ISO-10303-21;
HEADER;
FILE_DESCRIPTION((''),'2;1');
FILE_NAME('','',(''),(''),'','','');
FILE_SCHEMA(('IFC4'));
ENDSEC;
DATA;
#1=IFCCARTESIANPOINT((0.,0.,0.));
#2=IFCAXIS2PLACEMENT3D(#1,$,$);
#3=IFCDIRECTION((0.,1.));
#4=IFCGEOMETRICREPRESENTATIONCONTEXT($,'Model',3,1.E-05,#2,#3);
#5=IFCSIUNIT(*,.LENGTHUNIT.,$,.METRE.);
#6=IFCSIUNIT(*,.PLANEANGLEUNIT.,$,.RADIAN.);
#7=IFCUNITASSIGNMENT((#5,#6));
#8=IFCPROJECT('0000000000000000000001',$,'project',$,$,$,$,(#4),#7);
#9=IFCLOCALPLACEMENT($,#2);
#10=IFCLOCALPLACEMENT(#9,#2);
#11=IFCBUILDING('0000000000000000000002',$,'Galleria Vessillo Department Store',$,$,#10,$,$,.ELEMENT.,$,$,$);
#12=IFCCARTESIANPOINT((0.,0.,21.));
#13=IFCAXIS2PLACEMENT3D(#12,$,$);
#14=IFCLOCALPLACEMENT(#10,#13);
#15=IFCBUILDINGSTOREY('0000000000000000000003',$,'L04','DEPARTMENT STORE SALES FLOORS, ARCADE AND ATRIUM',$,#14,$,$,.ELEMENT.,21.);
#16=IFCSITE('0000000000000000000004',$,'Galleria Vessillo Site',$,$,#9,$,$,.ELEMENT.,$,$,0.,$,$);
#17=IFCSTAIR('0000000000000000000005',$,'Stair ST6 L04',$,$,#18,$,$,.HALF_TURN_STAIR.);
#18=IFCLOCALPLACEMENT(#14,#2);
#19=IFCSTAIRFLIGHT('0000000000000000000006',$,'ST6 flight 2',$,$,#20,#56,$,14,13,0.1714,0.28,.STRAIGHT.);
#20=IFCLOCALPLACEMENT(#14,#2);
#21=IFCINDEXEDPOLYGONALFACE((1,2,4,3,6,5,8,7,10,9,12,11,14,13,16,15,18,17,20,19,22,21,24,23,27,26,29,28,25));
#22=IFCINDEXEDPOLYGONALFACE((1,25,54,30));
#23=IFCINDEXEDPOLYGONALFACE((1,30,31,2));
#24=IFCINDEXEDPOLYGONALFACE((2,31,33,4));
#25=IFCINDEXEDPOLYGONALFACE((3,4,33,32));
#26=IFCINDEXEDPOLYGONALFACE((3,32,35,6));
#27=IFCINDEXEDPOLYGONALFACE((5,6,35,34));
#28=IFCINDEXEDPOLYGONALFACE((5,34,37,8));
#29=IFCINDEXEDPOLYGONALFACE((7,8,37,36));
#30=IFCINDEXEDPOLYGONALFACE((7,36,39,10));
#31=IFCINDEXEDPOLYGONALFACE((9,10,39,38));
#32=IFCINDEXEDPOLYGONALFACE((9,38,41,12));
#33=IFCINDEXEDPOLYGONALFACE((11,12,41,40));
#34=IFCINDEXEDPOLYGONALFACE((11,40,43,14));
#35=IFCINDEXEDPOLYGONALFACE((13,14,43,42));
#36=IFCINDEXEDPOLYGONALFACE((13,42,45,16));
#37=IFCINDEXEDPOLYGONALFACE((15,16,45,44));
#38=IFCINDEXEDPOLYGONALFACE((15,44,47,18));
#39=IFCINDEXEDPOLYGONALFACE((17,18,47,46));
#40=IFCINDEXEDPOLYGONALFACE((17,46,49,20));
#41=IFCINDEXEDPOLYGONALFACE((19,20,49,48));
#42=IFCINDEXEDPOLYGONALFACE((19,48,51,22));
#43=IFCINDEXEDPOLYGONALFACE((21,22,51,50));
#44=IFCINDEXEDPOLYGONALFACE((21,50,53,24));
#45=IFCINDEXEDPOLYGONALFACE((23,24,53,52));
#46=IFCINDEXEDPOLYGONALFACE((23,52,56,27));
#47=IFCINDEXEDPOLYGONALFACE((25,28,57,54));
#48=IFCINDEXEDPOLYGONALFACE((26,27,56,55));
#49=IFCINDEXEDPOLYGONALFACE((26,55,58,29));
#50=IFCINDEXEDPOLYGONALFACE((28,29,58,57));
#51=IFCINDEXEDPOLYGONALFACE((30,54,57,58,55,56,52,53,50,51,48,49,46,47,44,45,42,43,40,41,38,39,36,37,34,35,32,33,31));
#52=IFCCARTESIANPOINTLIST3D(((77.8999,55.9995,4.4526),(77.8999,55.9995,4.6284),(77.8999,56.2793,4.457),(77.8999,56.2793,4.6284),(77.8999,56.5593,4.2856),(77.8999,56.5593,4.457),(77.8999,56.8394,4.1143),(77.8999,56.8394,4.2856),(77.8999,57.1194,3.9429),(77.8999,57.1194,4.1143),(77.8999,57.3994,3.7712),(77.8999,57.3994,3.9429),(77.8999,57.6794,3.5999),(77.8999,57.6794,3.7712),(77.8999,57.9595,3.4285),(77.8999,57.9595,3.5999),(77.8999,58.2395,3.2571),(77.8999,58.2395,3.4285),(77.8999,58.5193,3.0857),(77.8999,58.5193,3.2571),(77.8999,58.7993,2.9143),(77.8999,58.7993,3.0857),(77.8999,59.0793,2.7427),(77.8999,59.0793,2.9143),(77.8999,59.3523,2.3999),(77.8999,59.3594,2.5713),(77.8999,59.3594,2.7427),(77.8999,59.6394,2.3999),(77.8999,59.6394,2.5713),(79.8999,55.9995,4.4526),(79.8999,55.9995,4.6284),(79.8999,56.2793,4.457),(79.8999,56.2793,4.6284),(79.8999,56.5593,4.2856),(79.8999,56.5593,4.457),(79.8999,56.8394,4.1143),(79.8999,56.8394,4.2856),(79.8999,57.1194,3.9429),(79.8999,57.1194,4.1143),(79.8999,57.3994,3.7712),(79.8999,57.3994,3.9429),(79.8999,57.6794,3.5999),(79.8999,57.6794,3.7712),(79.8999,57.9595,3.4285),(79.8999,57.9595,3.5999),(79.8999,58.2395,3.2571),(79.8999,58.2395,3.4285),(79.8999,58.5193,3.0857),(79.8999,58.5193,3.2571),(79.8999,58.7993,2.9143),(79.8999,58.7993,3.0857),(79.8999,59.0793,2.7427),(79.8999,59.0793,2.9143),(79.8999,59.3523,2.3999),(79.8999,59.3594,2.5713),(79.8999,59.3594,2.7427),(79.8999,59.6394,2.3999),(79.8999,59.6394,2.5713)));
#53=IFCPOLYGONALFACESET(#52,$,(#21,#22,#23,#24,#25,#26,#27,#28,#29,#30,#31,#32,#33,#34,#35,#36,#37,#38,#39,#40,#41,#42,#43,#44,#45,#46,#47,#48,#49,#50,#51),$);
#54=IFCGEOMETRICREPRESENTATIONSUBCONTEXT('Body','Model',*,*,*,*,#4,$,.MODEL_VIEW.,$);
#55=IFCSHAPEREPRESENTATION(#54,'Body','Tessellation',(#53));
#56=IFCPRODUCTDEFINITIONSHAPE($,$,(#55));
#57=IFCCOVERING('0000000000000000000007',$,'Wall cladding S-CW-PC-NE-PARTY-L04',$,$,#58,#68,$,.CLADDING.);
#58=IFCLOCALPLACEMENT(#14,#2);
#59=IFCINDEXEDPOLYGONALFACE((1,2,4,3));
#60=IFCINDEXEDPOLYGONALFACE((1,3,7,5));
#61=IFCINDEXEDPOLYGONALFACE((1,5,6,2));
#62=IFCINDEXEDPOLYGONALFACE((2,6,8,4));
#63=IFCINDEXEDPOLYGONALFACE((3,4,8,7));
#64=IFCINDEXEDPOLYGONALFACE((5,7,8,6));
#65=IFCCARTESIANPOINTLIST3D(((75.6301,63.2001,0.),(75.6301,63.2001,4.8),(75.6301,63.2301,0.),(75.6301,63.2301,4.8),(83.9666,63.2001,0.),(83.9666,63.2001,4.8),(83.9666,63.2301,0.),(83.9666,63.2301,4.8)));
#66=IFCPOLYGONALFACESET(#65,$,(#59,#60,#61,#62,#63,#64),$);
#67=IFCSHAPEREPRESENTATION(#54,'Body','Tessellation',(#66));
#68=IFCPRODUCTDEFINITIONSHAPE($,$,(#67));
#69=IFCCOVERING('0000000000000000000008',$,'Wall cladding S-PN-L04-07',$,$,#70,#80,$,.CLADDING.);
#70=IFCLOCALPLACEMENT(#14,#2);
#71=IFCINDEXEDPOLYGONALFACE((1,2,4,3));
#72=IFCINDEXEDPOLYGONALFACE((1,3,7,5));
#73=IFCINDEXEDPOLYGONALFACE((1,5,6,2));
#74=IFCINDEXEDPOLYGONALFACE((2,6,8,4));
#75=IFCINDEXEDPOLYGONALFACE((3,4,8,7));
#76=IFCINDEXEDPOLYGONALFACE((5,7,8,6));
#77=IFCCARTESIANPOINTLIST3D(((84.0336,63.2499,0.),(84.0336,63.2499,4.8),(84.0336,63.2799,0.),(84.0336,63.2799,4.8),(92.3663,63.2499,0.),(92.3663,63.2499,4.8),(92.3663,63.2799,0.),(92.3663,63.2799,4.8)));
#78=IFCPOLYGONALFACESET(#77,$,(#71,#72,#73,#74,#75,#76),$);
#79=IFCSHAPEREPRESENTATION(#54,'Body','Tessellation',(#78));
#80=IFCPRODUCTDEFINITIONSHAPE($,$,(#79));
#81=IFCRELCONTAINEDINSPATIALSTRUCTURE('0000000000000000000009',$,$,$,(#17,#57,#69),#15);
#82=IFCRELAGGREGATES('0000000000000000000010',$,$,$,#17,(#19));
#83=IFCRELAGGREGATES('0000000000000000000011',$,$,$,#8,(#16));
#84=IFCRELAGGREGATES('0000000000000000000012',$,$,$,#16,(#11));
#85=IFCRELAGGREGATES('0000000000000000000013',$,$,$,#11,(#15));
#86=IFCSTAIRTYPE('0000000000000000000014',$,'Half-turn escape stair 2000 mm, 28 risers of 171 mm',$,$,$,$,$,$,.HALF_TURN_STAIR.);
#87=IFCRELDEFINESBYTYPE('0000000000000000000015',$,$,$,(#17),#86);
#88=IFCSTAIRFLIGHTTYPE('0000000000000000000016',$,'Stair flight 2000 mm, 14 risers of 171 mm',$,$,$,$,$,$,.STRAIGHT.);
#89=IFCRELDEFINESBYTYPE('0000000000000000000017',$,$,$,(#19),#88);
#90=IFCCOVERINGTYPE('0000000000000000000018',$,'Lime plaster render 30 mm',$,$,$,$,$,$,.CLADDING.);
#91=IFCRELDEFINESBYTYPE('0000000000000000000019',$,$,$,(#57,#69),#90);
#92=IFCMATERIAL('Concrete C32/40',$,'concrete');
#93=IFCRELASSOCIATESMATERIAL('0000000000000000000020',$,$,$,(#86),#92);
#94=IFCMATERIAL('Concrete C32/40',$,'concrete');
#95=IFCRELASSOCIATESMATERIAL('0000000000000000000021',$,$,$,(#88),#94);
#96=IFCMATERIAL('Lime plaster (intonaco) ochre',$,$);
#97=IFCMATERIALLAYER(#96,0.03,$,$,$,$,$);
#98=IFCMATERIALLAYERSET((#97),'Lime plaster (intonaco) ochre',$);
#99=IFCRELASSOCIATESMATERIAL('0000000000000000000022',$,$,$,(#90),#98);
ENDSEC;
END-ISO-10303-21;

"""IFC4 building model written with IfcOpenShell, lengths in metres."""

from ifc_helpers import new_model, si_unit, direction, frame, origin, origin_2d, place, context, subcontext, project, spatial, polyline, rectangle, outline, extrude, material, layer, layer_set, type_object, element, aggregate, save


model = new_model("IFC4")

# Units and contexts
model_context = context("Model", 3, precision=1e-05, world=origin(), true_north=direction((0.0, 1.0)))
body_context = subcontext(model_context, "Body", "Model", "MODEL_VIEW")
ifc_project = project(units=[si_unit("LENGTHUNIT", "METRE"), si_unit("PLANEANGLEUNIT", "RADIAN")], contexts=[model_context])

# Site, building, storey
site_placement = place(None, origin())
site = spatial("IfcSite", under=ifc_project, at=site_placement, Name="Galleria Vessillo Site", CompositionType="ELEMENT", RefElevation=0.0)
building_placement = place(site_placement, origin())
building = spatial("IfcBuilding", under=site, at=building_placement, Name="Galleria Vessillo Department Store", CompositionType="ELEMENT")
storey_placement = place(building_placement, frame((0.0, 0.0, 21.0)))
storey = spatial("IfcBuildingStorey", under=building, at=storey_placement, Name="L04", Description="DEPARTMENT STORE SALES FLOORS, ARCADE AND ATRIUM", CompositionType="ELEMENT", Elevation=21.0)

# Stair, stair flight
ifc_material_1 = material(Name="Concrete C32/40", Category="concrete")
stair_type = type_object("IfcStairType", Name="Half-turn escape stair 2000 mm, 28 risers of 171 mm", PredefinedType="HALF_TURN_STAIR", material=ifc_material_1)
stair_placement = place(storey_placement, origin())
stair = element("IfcStair", 1, at=stair_placement, inside=storey, type_object=stair_type, Name="Stair ST6 L04", PredefinedType="HALF_TURN_STAIR")
ifc_material_2 = material(Name="Concrete C32/40", Category="concrete")
stair_flight_type = type_object("IfcStairFlightType", Name="Stair flight 2000 mm, 14 risers of 171 mm", PredefinedType="STRAIGHT", material=ifc_material_2)
stair_flight_placement = place(storey_placement, frame((78.8999, 59.6394, 2.3999), z_axis=(0.0, 0.0, 1.0), x_axis=(0.0, -1.0, 0.0)))
stair_flight = element("IfcStairFlight", 2, at=stair_flight_placement, type_object=stair_flight_type, Name="ST6 flight 2", NumberOfRisers=14, NumberOfTreads=13, PredefinedType="STRAIGHT", RiserHeight=0.1714, TreadLength=0.28, context=body_context, shape_type="SweptSolid", body=[
    extrude(outline(polyline([(0.0, 0.0), (0.0, 0.1714), (0.28, 0.1714), (0.28, 0.3428), (0.5601, 0.3428), (0.5601, 0.5144), (0.8401, 0.5144), (0.8401, 0.6858), (1.1201, 0.6858), (1.1201, 0.8572), (1.3999, 0.8572), (1.3999, 1.0286), (1.6799, 1.0286), (1.6799, 1.2), (1.96, 1.2), (1.96, 1.3713), (2.24, 1.3713), (2.24, 1.543), (2.52, 1.543), (2.52, 1.7144), (2.8, 1.7144), (2.8, 1.8857), (3.0801, 1.8857), (3.0801, 2.0571), (3.3601, 2.0571), (3.3601, 2.2285), (3.6399, 2.2285), (3.6399, 2.3999), (3.6399, 2.0527), (0.2871, 0.0), (0.0, 0.0)])), frame((0.0, 1.0, 0.0), z_axis=(0.0, -1.0, 0.0), x_axis=(1.0, 0.0, 0.0)), (0.0, 0.0, 1.0), 2.0),
])
aggregate(stair, [stair_flight])

# Coverings
ifc_material_3 = material(Name="Lime plaster (intonaco) ochre")
ifc_layer_1 = layer(ifc_material_3, 0.03)
ifc_layer_set_1 = layer_set([ifc_layer_1], Name="Lime plaster (intonaco) ochre")
covering_type = type_object("IfcCoveringType", Name="Lime plaster render 30 mm", PredefinedType="CLADDING", material=ifc_layer_set_1)
covering_1_placement = place(storey_placement, frame((79.7983, 63.2151, 0.0), z_axis=(0.0, 0.0, 1.0), x_axis=(1.0, 0.0, 0.0)))
element("IfcCovering", 3, at=covering_1_placement, inside=storey, type_object=covering_type, Name="Wall cladding S-CW-PC-NE-PARTY-L04", PredefinedType="CLADDING", context=body_context, shape_type="SweptSolid", body=[
    extrude(rectangle(XDim=8.3364, YDim=0.03, at=origin_2d()), origin(), (0.0, 0.0, 1.0), 4.8),
])
covering_2_placement = place(storey_placement, frame((88.2, 63.2649, 0.0), z_axis=(0.0, 0.0, 1.0), x_axis=(1.0, 0.0, 0.0)))
element("IfcCovering", 4, at=covering_2_placement, inside=storey, type_object=covering_type, Name="Wall cladding S-PN-L04-07", PredefinedType="CLADDING", context=body_context, shape_type="SweptSolid", body=[
    extrude(rectangle(XDim=8.3328, YDim=0.03, at=origin_2d()), origin(), (0.0, 0.0, 1.0), 4.8),
])

save(model, "model.ifc")
